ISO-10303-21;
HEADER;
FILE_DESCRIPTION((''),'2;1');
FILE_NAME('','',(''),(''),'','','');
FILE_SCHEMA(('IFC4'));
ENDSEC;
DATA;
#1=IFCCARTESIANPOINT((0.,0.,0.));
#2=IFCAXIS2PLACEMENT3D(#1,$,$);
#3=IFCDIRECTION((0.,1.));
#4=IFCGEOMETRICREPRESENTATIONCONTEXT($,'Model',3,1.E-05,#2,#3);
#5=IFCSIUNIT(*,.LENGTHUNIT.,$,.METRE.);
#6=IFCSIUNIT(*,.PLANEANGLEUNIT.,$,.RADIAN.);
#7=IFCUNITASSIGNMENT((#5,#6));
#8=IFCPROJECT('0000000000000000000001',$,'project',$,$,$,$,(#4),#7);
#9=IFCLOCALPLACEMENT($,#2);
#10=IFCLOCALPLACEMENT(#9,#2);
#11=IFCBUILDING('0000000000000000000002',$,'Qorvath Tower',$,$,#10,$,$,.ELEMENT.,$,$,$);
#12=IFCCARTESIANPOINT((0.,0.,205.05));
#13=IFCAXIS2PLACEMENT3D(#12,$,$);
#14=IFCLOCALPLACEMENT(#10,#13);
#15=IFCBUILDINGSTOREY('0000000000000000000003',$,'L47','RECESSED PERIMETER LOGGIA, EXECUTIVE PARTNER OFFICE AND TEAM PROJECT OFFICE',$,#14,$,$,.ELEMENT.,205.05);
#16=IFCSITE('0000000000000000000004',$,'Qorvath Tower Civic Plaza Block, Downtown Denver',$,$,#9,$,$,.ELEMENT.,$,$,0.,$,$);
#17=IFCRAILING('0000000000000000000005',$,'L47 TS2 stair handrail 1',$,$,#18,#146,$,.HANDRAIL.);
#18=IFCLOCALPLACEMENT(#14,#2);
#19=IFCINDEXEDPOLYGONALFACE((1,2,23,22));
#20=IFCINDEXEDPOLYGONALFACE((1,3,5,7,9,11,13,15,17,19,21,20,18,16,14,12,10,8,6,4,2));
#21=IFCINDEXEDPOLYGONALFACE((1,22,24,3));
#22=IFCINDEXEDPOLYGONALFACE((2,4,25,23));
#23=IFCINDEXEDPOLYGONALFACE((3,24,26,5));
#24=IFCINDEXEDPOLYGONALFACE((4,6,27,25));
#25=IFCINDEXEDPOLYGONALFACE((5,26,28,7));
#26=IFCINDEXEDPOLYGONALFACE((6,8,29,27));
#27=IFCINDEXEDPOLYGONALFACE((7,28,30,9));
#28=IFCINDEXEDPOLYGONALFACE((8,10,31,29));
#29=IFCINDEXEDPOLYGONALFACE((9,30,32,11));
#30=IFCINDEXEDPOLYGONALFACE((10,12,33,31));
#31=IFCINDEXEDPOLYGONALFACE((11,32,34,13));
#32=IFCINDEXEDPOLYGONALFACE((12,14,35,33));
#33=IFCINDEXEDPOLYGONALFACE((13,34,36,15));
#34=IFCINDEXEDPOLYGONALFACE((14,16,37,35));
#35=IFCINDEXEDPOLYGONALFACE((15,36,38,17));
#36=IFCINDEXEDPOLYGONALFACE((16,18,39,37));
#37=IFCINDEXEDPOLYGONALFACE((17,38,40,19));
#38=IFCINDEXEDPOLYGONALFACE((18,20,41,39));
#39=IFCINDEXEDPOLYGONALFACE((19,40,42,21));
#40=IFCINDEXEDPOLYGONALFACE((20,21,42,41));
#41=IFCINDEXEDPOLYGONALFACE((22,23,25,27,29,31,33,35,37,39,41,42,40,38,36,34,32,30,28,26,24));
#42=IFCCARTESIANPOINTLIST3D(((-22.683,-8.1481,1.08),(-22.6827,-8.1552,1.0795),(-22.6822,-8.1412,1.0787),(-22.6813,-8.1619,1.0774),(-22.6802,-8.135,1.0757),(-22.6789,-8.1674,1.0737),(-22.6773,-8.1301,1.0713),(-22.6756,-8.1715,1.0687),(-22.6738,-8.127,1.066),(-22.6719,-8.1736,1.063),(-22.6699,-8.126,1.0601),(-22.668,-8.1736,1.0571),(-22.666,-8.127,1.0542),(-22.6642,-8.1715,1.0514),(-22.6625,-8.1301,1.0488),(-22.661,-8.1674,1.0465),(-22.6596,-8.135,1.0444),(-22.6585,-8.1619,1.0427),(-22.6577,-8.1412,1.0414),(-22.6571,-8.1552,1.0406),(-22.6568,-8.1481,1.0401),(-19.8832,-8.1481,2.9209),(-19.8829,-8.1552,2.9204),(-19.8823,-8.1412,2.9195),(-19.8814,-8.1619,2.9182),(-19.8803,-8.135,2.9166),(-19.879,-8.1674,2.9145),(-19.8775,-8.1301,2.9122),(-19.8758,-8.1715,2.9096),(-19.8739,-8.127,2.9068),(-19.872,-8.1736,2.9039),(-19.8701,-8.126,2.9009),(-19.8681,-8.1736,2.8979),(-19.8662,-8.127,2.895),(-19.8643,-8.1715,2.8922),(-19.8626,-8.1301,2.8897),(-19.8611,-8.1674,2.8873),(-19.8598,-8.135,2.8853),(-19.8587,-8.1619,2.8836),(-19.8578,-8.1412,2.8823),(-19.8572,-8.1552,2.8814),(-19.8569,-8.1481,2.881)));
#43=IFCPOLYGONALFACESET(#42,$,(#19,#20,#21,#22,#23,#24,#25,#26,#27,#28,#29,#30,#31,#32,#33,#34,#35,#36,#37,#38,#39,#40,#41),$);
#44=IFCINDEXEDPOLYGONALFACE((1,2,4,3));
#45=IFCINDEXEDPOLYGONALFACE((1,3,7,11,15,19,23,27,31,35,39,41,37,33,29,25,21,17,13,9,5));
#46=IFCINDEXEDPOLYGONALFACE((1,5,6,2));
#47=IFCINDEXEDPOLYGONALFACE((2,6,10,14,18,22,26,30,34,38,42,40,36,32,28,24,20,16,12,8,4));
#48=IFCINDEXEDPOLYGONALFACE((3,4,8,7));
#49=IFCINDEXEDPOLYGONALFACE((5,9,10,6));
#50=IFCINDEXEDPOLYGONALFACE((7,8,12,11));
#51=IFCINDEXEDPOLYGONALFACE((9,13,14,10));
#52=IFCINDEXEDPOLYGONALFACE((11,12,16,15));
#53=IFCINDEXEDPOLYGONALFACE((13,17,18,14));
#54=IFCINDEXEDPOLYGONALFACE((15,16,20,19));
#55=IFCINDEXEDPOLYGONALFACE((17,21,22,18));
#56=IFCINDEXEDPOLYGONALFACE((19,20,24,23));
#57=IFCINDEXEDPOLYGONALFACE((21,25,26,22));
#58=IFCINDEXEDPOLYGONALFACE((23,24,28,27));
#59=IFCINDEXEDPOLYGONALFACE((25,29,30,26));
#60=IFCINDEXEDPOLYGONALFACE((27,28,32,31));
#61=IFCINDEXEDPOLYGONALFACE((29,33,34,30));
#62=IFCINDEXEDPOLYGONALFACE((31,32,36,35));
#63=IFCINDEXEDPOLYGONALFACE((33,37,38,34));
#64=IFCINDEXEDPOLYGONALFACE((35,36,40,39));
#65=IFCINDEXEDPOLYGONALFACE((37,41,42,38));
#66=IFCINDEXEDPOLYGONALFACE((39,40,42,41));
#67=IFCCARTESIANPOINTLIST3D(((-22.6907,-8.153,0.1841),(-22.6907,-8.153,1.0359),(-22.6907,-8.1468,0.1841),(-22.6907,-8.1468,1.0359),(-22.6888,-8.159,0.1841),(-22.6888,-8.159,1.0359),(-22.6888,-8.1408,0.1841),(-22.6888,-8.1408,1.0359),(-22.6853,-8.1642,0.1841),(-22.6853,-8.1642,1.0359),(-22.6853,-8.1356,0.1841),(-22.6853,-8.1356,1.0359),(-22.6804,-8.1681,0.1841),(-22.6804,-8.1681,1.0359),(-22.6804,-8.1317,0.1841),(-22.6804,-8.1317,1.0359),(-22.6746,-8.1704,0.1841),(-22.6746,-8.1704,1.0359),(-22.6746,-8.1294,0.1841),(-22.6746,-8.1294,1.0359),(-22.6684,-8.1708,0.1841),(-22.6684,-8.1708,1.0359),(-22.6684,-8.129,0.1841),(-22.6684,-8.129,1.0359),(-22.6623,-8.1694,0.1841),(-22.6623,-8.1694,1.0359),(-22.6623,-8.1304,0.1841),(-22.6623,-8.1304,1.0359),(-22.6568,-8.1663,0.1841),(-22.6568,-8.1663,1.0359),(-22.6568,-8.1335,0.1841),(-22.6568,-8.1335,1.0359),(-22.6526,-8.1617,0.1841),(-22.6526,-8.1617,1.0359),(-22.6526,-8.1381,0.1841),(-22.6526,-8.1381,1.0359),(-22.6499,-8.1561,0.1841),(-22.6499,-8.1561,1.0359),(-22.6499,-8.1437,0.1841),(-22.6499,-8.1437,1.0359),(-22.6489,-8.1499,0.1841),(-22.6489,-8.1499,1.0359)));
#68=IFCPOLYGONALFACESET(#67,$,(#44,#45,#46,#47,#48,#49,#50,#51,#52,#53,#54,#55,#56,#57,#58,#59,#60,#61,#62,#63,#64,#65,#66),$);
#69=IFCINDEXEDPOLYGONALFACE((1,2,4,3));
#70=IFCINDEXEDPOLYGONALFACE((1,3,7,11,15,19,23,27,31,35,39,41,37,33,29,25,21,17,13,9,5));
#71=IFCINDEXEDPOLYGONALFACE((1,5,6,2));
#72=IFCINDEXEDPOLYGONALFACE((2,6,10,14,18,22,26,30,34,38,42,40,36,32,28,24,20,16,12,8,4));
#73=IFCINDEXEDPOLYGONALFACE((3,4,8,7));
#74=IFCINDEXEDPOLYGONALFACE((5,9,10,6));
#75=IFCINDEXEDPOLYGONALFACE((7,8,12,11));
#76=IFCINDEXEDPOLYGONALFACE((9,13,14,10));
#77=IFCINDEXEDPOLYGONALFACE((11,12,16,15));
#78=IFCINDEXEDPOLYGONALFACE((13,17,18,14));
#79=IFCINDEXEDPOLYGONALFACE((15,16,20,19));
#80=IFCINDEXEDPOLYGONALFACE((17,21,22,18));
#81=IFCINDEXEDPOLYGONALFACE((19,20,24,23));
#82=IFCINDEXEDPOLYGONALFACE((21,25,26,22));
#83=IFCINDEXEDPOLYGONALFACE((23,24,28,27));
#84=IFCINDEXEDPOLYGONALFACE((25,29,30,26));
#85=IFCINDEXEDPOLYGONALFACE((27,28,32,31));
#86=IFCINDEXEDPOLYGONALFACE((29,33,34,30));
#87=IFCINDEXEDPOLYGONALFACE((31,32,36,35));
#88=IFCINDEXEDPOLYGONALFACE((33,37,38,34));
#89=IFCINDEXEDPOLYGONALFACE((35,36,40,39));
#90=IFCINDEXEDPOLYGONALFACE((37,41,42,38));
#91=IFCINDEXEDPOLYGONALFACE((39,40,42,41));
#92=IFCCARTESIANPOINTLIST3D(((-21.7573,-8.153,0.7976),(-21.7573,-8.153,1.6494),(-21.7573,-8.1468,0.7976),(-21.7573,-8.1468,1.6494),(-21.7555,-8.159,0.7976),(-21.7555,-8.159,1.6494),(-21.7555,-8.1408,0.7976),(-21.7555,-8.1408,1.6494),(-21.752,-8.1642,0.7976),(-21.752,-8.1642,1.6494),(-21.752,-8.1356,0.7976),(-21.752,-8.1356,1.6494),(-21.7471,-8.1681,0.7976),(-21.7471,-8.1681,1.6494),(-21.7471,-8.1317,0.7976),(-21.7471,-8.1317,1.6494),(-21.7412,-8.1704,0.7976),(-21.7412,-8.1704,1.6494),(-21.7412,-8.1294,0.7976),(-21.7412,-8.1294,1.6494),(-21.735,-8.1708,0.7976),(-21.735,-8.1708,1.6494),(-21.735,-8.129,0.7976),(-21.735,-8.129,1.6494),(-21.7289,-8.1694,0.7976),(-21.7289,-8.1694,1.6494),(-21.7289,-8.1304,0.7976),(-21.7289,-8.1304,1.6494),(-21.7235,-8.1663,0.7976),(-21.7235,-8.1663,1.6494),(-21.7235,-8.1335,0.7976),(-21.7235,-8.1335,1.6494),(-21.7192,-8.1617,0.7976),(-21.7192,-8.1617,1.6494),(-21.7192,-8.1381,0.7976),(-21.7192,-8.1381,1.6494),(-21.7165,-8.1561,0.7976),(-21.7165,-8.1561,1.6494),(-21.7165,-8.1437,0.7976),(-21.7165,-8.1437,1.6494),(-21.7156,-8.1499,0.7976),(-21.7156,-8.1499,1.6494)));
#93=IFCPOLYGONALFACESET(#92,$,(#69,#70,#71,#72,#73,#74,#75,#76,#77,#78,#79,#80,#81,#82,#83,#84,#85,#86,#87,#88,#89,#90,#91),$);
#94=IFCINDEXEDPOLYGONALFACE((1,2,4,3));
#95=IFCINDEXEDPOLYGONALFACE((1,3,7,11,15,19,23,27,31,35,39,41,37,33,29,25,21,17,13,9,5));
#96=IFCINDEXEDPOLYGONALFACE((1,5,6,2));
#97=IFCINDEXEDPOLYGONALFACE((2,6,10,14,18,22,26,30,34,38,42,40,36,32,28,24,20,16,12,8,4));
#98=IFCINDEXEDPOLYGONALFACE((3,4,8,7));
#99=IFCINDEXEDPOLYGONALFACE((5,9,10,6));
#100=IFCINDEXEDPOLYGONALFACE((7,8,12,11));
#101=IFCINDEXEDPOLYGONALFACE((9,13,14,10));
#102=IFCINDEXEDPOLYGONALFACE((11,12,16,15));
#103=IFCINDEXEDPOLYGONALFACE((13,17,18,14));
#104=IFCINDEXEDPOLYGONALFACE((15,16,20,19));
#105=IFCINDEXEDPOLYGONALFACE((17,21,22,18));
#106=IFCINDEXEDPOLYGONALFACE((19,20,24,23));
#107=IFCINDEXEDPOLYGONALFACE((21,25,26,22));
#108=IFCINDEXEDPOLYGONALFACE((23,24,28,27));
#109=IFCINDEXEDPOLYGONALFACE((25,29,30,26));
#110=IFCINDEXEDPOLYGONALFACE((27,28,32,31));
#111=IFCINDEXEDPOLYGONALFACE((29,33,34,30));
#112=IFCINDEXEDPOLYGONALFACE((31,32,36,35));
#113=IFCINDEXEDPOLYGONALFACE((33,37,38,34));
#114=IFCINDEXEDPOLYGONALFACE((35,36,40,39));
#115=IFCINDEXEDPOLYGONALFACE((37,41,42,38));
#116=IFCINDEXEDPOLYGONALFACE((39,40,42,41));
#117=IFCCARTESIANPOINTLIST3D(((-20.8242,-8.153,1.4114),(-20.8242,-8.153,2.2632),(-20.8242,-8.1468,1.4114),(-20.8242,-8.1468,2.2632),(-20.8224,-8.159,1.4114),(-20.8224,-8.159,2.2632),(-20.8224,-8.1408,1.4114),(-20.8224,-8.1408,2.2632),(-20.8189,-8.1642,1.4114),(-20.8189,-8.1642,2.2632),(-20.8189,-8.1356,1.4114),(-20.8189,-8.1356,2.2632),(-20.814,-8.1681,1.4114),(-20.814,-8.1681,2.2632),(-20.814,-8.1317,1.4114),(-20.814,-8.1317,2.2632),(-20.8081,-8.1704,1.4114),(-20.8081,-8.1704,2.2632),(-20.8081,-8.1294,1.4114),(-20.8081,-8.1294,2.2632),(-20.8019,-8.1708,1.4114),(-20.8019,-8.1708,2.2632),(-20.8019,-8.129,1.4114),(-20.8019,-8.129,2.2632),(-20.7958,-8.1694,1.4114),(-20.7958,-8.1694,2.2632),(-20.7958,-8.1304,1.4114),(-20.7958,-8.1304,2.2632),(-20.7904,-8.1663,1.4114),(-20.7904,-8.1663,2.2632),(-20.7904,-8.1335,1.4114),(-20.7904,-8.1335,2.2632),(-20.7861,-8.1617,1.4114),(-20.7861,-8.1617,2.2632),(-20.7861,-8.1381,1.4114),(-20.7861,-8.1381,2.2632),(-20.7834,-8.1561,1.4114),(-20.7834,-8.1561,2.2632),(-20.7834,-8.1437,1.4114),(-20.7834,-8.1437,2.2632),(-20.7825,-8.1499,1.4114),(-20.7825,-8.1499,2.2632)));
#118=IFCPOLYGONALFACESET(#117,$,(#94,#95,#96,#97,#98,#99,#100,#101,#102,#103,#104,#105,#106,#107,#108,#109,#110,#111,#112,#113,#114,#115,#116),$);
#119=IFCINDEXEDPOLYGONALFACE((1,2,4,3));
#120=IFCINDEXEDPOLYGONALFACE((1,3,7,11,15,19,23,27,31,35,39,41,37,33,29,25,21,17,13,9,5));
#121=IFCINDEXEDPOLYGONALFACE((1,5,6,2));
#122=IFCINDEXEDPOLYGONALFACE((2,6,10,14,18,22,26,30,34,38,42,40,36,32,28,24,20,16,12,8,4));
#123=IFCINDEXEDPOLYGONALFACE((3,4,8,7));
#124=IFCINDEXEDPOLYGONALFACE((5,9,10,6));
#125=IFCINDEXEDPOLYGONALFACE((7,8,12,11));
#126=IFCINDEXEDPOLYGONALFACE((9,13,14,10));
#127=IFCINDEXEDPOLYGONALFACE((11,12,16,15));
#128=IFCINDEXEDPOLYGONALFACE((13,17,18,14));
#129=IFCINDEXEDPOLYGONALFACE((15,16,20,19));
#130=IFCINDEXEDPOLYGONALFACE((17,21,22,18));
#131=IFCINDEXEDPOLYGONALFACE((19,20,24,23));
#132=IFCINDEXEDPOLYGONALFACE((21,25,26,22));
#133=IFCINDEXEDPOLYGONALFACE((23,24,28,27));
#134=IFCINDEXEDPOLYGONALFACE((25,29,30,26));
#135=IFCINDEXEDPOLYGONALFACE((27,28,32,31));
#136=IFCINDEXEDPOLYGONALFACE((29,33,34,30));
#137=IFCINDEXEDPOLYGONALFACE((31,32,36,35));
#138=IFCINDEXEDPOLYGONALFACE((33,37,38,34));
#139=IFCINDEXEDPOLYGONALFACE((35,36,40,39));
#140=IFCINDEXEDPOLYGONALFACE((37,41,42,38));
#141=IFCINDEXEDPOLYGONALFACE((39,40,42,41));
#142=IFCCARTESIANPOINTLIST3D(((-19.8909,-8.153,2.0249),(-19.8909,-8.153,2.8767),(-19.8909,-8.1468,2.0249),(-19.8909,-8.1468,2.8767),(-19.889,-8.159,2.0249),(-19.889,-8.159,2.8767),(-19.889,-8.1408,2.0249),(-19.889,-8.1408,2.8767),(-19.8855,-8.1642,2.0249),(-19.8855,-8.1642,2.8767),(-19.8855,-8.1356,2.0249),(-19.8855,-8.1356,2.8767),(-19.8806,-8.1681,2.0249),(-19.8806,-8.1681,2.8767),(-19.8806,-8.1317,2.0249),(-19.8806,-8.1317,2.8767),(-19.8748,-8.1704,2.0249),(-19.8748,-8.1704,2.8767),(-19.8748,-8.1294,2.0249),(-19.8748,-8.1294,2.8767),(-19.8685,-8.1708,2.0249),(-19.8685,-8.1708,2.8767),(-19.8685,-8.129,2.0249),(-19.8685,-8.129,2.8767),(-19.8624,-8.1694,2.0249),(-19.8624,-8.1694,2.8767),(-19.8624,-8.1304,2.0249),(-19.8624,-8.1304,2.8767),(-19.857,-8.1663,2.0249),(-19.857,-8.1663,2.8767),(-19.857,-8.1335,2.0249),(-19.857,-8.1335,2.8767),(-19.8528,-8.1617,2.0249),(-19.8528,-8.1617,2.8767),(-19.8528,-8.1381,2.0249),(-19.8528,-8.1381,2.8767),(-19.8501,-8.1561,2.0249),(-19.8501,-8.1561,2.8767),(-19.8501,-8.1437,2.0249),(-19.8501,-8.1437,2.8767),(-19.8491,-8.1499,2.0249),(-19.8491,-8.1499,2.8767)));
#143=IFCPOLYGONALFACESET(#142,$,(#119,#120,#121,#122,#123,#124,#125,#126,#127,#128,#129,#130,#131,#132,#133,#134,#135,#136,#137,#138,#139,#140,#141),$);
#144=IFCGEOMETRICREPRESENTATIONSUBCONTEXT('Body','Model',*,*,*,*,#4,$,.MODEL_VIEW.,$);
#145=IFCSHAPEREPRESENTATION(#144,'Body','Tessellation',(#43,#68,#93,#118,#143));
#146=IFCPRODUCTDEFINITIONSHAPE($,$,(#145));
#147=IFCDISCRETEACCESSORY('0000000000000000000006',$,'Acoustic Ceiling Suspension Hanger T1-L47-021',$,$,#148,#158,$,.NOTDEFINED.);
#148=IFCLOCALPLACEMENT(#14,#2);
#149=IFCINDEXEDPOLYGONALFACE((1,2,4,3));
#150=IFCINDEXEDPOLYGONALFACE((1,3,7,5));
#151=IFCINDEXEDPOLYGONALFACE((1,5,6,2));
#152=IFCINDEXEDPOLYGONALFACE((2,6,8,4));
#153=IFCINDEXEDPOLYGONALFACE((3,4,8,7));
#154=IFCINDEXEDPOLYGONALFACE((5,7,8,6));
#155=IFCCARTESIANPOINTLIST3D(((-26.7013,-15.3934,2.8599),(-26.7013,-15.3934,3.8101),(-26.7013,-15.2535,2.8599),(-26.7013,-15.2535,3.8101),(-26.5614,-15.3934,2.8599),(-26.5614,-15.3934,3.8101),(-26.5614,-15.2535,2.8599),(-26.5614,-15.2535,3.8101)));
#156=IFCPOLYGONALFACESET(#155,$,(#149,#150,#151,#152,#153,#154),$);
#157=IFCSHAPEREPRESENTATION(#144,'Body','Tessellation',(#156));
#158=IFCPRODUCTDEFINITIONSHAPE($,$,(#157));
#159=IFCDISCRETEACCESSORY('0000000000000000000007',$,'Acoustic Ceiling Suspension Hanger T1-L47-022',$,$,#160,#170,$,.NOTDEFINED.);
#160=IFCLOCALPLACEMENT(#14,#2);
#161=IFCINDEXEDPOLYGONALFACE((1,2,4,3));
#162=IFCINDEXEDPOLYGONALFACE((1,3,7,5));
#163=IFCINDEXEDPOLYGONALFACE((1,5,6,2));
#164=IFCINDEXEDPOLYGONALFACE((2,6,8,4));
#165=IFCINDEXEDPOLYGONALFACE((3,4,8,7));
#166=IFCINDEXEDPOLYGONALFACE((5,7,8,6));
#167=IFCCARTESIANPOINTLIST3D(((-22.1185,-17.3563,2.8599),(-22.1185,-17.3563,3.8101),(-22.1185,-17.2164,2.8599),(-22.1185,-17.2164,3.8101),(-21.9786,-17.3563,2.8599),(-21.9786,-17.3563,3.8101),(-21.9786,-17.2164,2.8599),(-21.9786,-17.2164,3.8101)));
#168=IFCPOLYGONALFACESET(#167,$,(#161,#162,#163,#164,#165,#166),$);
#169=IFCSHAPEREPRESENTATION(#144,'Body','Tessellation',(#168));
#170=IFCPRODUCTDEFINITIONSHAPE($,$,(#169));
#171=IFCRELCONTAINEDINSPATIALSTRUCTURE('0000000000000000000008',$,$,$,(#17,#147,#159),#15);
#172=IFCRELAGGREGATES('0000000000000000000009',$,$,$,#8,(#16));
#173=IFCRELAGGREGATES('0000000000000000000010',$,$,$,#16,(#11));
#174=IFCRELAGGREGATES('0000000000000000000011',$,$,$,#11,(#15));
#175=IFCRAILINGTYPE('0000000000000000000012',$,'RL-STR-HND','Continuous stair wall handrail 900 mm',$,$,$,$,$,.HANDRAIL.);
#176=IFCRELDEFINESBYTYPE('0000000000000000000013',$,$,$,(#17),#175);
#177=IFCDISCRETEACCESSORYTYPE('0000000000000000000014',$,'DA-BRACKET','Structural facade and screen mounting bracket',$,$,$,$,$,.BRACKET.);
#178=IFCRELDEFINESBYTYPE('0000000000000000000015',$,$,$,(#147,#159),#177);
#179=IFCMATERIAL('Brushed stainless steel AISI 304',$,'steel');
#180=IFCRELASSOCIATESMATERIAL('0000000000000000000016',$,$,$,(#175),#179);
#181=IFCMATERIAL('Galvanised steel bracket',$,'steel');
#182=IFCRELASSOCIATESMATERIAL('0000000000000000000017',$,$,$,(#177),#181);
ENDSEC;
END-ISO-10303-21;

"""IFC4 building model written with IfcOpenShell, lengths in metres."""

from ifc_helpers import new_model, si_unit, direction, frame, origin, origin_2d, place, context, subcontext, project, spatial, rectangle, circle, extrude, material, type_object, element, save


model = new_model("IFC4")

# Units and contexts
model_context = context("Model", 3, precision=1e-05, world=origin(), true_north=direction((0.0, 1.0)))
body_context = subcontext(model_context, "Body", "Model", "MODEL_VIEW")
ifc_project = project(units=[si_unit("LENGTHUNIT", "METRE"), si_unit("PLANEANGLEUNIT", "RADIAN")], contexts=[model_context])

# Site, building, storey
site_placement = place(None, origin())
site = spatial("IfcSite", under=ifc_project, at=site_placement, Name="Qorvath Tower Civic Plaza Block, Downtown Denver", CompositionType="ELEMENT", RefElevation=0.0)
building_placement = place(site_placement, origin())
building = spatial("IfcBuilding", under=site, at=building_placement, Name="Qorvath Tower", CompositionType="ELEMENT")
storey_placement = place(building_placement, frame((0.0, 0.0, 205.05)))
storey = spatial("IfcBuildingStorey", under=building, at=storey_placement, Name="L47", Description="RECESSED PERIMETER LOGGIA, EXECUTIVE PARTNER OFFICE AND TEAM PROJECT OFFICE", CompositionType="ELEMENT", Elevation=205.05)

# Railing
ifc_material_1 = material(Name="Brushed stainless steel AISI 304", Category="steel")
railing_type = type_object("IfcRailingType", Name="RL-STR-HND", Description="Continuous stair wall handrail 900 mm", PredefinedType="HANDRAIL", material=ifc_material_1)
railing_placement = place(storey_placement, frame((-22.6699, -8.1499, 0.1841)))
element("IfcRailing", 1, at=railing_placement, inside=storey, type_object=railing_type, Name="L47 TS2 stair handrail 1", PredefinedType="HANDRAIL", context=body_context, shape_type="SweptSolid", body=[
    extrude(circle(Radius=0.0239, at=origin_2d()), frame((0.0, 0.0, 0.876), z_axis=(0.835576, 0.0, 0.549376), x_axis=(0.0, 1.0, 0.0)), (0.0, 0.0, 1.0), 3.3508),
    extrude(circle(Radius=0.021, at=origin_2d()), origin(), (0.0, 0.0, 1.0), 0.8518),
    extrude(circle(Radius=0.021, at=origin_2d()), frame((0.9333, 0.0, 0.6135)), (0.0, 0.0, 1.0), 0.8518),
    extrude(circle(Radius=0.021, at=origin_2d()), frame((1.8665, 0.0, 1.2273)), (0.0, 0.0, 1.0), 0.8518),
    extrude(circle(Radius=0.021, at=origin_2d()), frame((2.7998, 0.0, 1.8408)), (0.0, 0.0, 1.0), 0.8518),
])

# Discrete accessories
ifc_material_2 = material(Name="Galvanised steel bracket", Category="steel")
discrete_accessory_type = type_object("IfcDiscreteAccessoryType", Name="DA-BRACKET", Description="Structural facade and screen mounting bracket", PredefinedType="BRACKET", material=ifc_material_2)
for number, where, z_axis, x_axis, name in (
    (2, (-26.6313, -15.3235, 2.8599), (0.0, 0.0, 1.0), (1.0, 0.0, 0.0), "Acoustic Ceiling Suspension Hanger T1-L47-021"),
    (3, (-22.0486, -17.2864, 2.8599), (0.0, 0.0, 1.0), (1.0, 0.0, 0.0), "Acoustic Ceiling Suspension Hanger T1-L47-022"),
):
    element("IfcDiscreteAccessory", number, at=place(storey_placement, frame(where, z_axis=z_axis, x_axis=x_axis)), inside=storey, type_object=discrete_accessory_type, Name=name, PredefinedType="NOTDEFINED", context=body_context, shape_type="SweptSolid", body=[
        extrude(rectangle(XDim=0.1399, YDim=0.1399, at=origin_2d()), origin(), (0.0, 0.0, 1.0), 0.9502),
    ])

save(model, "model.ifc")
